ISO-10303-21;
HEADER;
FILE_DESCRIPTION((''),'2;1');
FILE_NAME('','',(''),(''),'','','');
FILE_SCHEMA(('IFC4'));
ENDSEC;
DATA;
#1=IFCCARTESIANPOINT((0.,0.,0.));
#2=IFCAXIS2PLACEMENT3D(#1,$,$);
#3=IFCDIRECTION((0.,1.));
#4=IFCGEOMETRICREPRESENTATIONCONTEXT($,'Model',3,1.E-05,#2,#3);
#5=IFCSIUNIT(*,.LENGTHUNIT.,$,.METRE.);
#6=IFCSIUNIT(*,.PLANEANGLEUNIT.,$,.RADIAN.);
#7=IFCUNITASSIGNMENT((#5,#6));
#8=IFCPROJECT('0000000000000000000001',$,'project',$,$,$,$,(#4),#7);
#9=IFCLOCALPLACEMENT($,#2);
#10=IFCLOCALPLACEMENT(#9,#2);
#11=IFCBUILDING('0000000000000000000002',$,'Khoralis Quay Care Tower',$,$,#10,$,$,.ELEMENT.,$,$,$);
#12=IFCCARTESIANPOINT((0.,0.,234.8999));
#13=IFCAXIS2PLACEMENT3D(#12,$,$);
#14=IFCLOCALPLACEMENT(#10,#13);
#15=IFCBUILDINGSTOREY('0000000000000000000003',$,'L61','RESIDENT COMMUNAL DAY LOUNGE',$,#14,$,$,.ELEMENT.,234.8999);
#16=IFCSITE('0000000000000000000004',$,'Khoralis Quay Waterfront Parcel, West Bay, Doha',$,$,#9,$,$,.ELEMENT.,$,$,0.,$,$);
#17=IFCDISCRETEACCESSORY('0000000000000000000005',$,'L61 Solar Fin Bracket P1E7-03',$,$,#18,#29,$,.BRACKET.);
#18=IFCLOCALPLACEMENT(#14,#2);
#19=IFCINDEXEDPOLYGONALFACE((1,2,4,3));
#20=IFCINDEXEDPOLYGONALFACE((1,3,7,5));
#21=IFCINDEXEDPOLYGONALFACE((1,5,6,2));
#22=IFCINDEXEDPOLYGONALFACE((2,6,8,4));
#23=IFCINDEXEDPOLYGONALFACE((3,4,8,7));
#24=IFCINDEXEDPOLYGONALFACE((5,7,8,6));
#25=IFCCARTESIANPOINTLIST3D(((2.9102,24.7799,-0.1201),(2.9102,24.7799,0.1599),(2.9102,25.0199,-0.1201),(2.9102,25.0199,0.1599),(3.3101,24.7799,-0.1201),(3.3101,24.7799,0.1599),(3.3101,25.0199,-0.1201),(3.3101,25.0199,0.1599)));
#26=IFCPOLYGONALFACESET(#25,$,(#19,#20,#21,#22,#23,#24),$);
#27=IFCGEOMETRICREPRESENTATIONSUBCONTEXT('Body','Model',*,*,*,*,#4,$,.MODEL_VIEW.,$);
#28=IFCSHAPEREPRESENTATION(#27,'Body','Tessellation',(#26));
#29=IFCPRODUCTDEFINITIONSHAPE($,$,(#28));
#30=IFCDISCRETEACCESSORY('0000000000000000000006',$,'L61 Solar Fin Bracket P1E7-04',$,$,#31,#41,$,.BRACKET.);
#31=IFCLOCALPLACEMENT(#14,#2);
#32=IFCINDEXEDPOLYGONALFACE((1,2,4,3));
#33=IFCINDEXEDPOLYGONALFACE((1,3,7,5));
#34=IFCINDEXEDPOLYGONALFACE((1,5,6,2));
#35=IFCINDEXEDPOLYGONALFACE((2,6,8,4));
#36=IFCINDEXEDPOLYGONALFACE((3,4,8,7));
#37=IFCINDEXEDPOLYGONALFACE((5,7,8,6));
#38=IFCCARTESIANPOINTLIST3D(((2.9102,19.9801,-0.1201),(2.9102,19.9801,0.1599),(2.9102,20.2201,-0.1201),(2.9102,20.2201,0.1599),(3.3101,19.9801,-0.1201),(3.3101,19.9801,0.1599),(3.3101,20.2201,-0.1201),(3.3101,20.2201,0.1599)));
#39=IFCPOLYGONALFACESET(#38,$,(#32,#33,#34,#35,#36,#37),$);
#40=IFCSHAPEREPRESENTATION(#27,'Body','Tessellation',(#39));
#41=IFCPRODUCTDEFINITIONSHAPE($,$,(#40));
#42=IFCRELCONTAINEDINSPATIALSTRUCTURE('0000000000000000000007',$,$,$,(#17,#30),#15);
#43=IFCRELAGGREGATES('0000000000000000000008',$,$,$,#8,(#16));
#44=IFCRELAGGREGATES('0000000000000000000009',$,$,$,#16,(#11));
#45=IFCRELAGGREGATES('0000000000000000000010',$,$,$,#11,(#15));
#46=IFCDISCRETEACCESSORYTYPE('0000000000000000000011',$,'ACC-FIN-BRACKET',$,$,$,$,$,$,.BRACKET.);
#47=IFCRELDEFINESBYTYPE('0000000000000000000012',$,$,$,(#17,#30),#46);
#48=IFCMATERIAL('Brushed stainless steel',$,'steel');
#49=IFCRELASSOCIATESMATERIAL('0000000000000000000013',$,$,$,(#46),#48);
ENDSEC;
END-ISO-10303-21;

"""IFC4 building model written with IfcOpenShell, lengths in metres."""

from ifc_helpers import new_model, si_unit, direction, frame, origin, origin_2d, place, context, subcontext, project, spatial, rectangle, extrude, source, transform, mapped, material, type_object, element, save


model = new_model("IFC4")

# Units and contexts
model_context = context("Model", 3, precision=1e-05, world=origin(), true_north=direction((0.0, 1.0)))
body_context = subcontext(model_context, "Body", "Model", "MODEL_VIEW")
ifc_project = project(units=[si_unit("LENGTHUNIT", "METRE"), si_unit("PLANEANGLEUNIT", "RADIAN")], contexts=[model_context])

# Site, building, storey
site_placement = place(None, origin())
site = spatial("IfcSite", under=ifc_project, at=site_placement, Name="Khoralis Quay Waterfront Parcel, West Bay, Doha", CompositionType="ELEMENT", RefElevation=0.0)
building_placement = place(site_placement, origin())
building = spatial("IfcBuilding", under=site, at=building_placement, Name="Khoralis Quay Care Tower", CompositionType="ELEMENT")
storey_placement = place(building_placement, frame((0.0, 0.0, 234.8999)))
storey = spatial("IfcBuildingStorey", under=building, at=storey_placement, Name="L61", Description="RESIDENT COMMUNAL DAY LOUNGE", CompositionType="ELEMENT", Elevation=234.8999)

# Discrete accessories
ifc_material_1 = material(Name="Brushed stainless steel", Category="steel")
discrete_accessory_type = type_object("IfcDiscreteAccessoryType", Name="ACC-FIN-BRACKET", PredefinedType="BRACKET", material=ifc_material_1)
shared_shape_1 = source(origin(), body_context, "Body", "SweptSolid", [
    extrude(rectangle(XDim=0.3999, YDim=0.24, at=origin_2d()), origin(), (0.0, 0.0, 1.0), 0.28),
])
for number, where, z_axis, x_axis, name in (
    (1, (3.1101, 24.8999, -0.1201), (0.0, 0.0, 1.0), (-1.0, 0.0, 0.0), "L61 Solar Fin Bracket P1E7-03"),
    (2, (3.1101, 20.1001, -0.1201), (0.0, 0.0, 1.0), (-1.0, 0.0, 0.0), "L61 Solar Fin Bracket P1E7-04"),
):
    element("IfcDiscreteAccessory", number, at=place(storey_placement, frame(where, z_axis=z_axis, x_axis=x_axis)), inside=storey, type_object=discrete_accessory_type, Name=name, PredefinedType="BRACKET", context=body_context, shape_type="MappedRepresentation", body=[
        mapped(shared_shape_1, transform((0.0, 0.0, 0.0), scale=1.0)),
    ])

save(model, "model.ifc")
